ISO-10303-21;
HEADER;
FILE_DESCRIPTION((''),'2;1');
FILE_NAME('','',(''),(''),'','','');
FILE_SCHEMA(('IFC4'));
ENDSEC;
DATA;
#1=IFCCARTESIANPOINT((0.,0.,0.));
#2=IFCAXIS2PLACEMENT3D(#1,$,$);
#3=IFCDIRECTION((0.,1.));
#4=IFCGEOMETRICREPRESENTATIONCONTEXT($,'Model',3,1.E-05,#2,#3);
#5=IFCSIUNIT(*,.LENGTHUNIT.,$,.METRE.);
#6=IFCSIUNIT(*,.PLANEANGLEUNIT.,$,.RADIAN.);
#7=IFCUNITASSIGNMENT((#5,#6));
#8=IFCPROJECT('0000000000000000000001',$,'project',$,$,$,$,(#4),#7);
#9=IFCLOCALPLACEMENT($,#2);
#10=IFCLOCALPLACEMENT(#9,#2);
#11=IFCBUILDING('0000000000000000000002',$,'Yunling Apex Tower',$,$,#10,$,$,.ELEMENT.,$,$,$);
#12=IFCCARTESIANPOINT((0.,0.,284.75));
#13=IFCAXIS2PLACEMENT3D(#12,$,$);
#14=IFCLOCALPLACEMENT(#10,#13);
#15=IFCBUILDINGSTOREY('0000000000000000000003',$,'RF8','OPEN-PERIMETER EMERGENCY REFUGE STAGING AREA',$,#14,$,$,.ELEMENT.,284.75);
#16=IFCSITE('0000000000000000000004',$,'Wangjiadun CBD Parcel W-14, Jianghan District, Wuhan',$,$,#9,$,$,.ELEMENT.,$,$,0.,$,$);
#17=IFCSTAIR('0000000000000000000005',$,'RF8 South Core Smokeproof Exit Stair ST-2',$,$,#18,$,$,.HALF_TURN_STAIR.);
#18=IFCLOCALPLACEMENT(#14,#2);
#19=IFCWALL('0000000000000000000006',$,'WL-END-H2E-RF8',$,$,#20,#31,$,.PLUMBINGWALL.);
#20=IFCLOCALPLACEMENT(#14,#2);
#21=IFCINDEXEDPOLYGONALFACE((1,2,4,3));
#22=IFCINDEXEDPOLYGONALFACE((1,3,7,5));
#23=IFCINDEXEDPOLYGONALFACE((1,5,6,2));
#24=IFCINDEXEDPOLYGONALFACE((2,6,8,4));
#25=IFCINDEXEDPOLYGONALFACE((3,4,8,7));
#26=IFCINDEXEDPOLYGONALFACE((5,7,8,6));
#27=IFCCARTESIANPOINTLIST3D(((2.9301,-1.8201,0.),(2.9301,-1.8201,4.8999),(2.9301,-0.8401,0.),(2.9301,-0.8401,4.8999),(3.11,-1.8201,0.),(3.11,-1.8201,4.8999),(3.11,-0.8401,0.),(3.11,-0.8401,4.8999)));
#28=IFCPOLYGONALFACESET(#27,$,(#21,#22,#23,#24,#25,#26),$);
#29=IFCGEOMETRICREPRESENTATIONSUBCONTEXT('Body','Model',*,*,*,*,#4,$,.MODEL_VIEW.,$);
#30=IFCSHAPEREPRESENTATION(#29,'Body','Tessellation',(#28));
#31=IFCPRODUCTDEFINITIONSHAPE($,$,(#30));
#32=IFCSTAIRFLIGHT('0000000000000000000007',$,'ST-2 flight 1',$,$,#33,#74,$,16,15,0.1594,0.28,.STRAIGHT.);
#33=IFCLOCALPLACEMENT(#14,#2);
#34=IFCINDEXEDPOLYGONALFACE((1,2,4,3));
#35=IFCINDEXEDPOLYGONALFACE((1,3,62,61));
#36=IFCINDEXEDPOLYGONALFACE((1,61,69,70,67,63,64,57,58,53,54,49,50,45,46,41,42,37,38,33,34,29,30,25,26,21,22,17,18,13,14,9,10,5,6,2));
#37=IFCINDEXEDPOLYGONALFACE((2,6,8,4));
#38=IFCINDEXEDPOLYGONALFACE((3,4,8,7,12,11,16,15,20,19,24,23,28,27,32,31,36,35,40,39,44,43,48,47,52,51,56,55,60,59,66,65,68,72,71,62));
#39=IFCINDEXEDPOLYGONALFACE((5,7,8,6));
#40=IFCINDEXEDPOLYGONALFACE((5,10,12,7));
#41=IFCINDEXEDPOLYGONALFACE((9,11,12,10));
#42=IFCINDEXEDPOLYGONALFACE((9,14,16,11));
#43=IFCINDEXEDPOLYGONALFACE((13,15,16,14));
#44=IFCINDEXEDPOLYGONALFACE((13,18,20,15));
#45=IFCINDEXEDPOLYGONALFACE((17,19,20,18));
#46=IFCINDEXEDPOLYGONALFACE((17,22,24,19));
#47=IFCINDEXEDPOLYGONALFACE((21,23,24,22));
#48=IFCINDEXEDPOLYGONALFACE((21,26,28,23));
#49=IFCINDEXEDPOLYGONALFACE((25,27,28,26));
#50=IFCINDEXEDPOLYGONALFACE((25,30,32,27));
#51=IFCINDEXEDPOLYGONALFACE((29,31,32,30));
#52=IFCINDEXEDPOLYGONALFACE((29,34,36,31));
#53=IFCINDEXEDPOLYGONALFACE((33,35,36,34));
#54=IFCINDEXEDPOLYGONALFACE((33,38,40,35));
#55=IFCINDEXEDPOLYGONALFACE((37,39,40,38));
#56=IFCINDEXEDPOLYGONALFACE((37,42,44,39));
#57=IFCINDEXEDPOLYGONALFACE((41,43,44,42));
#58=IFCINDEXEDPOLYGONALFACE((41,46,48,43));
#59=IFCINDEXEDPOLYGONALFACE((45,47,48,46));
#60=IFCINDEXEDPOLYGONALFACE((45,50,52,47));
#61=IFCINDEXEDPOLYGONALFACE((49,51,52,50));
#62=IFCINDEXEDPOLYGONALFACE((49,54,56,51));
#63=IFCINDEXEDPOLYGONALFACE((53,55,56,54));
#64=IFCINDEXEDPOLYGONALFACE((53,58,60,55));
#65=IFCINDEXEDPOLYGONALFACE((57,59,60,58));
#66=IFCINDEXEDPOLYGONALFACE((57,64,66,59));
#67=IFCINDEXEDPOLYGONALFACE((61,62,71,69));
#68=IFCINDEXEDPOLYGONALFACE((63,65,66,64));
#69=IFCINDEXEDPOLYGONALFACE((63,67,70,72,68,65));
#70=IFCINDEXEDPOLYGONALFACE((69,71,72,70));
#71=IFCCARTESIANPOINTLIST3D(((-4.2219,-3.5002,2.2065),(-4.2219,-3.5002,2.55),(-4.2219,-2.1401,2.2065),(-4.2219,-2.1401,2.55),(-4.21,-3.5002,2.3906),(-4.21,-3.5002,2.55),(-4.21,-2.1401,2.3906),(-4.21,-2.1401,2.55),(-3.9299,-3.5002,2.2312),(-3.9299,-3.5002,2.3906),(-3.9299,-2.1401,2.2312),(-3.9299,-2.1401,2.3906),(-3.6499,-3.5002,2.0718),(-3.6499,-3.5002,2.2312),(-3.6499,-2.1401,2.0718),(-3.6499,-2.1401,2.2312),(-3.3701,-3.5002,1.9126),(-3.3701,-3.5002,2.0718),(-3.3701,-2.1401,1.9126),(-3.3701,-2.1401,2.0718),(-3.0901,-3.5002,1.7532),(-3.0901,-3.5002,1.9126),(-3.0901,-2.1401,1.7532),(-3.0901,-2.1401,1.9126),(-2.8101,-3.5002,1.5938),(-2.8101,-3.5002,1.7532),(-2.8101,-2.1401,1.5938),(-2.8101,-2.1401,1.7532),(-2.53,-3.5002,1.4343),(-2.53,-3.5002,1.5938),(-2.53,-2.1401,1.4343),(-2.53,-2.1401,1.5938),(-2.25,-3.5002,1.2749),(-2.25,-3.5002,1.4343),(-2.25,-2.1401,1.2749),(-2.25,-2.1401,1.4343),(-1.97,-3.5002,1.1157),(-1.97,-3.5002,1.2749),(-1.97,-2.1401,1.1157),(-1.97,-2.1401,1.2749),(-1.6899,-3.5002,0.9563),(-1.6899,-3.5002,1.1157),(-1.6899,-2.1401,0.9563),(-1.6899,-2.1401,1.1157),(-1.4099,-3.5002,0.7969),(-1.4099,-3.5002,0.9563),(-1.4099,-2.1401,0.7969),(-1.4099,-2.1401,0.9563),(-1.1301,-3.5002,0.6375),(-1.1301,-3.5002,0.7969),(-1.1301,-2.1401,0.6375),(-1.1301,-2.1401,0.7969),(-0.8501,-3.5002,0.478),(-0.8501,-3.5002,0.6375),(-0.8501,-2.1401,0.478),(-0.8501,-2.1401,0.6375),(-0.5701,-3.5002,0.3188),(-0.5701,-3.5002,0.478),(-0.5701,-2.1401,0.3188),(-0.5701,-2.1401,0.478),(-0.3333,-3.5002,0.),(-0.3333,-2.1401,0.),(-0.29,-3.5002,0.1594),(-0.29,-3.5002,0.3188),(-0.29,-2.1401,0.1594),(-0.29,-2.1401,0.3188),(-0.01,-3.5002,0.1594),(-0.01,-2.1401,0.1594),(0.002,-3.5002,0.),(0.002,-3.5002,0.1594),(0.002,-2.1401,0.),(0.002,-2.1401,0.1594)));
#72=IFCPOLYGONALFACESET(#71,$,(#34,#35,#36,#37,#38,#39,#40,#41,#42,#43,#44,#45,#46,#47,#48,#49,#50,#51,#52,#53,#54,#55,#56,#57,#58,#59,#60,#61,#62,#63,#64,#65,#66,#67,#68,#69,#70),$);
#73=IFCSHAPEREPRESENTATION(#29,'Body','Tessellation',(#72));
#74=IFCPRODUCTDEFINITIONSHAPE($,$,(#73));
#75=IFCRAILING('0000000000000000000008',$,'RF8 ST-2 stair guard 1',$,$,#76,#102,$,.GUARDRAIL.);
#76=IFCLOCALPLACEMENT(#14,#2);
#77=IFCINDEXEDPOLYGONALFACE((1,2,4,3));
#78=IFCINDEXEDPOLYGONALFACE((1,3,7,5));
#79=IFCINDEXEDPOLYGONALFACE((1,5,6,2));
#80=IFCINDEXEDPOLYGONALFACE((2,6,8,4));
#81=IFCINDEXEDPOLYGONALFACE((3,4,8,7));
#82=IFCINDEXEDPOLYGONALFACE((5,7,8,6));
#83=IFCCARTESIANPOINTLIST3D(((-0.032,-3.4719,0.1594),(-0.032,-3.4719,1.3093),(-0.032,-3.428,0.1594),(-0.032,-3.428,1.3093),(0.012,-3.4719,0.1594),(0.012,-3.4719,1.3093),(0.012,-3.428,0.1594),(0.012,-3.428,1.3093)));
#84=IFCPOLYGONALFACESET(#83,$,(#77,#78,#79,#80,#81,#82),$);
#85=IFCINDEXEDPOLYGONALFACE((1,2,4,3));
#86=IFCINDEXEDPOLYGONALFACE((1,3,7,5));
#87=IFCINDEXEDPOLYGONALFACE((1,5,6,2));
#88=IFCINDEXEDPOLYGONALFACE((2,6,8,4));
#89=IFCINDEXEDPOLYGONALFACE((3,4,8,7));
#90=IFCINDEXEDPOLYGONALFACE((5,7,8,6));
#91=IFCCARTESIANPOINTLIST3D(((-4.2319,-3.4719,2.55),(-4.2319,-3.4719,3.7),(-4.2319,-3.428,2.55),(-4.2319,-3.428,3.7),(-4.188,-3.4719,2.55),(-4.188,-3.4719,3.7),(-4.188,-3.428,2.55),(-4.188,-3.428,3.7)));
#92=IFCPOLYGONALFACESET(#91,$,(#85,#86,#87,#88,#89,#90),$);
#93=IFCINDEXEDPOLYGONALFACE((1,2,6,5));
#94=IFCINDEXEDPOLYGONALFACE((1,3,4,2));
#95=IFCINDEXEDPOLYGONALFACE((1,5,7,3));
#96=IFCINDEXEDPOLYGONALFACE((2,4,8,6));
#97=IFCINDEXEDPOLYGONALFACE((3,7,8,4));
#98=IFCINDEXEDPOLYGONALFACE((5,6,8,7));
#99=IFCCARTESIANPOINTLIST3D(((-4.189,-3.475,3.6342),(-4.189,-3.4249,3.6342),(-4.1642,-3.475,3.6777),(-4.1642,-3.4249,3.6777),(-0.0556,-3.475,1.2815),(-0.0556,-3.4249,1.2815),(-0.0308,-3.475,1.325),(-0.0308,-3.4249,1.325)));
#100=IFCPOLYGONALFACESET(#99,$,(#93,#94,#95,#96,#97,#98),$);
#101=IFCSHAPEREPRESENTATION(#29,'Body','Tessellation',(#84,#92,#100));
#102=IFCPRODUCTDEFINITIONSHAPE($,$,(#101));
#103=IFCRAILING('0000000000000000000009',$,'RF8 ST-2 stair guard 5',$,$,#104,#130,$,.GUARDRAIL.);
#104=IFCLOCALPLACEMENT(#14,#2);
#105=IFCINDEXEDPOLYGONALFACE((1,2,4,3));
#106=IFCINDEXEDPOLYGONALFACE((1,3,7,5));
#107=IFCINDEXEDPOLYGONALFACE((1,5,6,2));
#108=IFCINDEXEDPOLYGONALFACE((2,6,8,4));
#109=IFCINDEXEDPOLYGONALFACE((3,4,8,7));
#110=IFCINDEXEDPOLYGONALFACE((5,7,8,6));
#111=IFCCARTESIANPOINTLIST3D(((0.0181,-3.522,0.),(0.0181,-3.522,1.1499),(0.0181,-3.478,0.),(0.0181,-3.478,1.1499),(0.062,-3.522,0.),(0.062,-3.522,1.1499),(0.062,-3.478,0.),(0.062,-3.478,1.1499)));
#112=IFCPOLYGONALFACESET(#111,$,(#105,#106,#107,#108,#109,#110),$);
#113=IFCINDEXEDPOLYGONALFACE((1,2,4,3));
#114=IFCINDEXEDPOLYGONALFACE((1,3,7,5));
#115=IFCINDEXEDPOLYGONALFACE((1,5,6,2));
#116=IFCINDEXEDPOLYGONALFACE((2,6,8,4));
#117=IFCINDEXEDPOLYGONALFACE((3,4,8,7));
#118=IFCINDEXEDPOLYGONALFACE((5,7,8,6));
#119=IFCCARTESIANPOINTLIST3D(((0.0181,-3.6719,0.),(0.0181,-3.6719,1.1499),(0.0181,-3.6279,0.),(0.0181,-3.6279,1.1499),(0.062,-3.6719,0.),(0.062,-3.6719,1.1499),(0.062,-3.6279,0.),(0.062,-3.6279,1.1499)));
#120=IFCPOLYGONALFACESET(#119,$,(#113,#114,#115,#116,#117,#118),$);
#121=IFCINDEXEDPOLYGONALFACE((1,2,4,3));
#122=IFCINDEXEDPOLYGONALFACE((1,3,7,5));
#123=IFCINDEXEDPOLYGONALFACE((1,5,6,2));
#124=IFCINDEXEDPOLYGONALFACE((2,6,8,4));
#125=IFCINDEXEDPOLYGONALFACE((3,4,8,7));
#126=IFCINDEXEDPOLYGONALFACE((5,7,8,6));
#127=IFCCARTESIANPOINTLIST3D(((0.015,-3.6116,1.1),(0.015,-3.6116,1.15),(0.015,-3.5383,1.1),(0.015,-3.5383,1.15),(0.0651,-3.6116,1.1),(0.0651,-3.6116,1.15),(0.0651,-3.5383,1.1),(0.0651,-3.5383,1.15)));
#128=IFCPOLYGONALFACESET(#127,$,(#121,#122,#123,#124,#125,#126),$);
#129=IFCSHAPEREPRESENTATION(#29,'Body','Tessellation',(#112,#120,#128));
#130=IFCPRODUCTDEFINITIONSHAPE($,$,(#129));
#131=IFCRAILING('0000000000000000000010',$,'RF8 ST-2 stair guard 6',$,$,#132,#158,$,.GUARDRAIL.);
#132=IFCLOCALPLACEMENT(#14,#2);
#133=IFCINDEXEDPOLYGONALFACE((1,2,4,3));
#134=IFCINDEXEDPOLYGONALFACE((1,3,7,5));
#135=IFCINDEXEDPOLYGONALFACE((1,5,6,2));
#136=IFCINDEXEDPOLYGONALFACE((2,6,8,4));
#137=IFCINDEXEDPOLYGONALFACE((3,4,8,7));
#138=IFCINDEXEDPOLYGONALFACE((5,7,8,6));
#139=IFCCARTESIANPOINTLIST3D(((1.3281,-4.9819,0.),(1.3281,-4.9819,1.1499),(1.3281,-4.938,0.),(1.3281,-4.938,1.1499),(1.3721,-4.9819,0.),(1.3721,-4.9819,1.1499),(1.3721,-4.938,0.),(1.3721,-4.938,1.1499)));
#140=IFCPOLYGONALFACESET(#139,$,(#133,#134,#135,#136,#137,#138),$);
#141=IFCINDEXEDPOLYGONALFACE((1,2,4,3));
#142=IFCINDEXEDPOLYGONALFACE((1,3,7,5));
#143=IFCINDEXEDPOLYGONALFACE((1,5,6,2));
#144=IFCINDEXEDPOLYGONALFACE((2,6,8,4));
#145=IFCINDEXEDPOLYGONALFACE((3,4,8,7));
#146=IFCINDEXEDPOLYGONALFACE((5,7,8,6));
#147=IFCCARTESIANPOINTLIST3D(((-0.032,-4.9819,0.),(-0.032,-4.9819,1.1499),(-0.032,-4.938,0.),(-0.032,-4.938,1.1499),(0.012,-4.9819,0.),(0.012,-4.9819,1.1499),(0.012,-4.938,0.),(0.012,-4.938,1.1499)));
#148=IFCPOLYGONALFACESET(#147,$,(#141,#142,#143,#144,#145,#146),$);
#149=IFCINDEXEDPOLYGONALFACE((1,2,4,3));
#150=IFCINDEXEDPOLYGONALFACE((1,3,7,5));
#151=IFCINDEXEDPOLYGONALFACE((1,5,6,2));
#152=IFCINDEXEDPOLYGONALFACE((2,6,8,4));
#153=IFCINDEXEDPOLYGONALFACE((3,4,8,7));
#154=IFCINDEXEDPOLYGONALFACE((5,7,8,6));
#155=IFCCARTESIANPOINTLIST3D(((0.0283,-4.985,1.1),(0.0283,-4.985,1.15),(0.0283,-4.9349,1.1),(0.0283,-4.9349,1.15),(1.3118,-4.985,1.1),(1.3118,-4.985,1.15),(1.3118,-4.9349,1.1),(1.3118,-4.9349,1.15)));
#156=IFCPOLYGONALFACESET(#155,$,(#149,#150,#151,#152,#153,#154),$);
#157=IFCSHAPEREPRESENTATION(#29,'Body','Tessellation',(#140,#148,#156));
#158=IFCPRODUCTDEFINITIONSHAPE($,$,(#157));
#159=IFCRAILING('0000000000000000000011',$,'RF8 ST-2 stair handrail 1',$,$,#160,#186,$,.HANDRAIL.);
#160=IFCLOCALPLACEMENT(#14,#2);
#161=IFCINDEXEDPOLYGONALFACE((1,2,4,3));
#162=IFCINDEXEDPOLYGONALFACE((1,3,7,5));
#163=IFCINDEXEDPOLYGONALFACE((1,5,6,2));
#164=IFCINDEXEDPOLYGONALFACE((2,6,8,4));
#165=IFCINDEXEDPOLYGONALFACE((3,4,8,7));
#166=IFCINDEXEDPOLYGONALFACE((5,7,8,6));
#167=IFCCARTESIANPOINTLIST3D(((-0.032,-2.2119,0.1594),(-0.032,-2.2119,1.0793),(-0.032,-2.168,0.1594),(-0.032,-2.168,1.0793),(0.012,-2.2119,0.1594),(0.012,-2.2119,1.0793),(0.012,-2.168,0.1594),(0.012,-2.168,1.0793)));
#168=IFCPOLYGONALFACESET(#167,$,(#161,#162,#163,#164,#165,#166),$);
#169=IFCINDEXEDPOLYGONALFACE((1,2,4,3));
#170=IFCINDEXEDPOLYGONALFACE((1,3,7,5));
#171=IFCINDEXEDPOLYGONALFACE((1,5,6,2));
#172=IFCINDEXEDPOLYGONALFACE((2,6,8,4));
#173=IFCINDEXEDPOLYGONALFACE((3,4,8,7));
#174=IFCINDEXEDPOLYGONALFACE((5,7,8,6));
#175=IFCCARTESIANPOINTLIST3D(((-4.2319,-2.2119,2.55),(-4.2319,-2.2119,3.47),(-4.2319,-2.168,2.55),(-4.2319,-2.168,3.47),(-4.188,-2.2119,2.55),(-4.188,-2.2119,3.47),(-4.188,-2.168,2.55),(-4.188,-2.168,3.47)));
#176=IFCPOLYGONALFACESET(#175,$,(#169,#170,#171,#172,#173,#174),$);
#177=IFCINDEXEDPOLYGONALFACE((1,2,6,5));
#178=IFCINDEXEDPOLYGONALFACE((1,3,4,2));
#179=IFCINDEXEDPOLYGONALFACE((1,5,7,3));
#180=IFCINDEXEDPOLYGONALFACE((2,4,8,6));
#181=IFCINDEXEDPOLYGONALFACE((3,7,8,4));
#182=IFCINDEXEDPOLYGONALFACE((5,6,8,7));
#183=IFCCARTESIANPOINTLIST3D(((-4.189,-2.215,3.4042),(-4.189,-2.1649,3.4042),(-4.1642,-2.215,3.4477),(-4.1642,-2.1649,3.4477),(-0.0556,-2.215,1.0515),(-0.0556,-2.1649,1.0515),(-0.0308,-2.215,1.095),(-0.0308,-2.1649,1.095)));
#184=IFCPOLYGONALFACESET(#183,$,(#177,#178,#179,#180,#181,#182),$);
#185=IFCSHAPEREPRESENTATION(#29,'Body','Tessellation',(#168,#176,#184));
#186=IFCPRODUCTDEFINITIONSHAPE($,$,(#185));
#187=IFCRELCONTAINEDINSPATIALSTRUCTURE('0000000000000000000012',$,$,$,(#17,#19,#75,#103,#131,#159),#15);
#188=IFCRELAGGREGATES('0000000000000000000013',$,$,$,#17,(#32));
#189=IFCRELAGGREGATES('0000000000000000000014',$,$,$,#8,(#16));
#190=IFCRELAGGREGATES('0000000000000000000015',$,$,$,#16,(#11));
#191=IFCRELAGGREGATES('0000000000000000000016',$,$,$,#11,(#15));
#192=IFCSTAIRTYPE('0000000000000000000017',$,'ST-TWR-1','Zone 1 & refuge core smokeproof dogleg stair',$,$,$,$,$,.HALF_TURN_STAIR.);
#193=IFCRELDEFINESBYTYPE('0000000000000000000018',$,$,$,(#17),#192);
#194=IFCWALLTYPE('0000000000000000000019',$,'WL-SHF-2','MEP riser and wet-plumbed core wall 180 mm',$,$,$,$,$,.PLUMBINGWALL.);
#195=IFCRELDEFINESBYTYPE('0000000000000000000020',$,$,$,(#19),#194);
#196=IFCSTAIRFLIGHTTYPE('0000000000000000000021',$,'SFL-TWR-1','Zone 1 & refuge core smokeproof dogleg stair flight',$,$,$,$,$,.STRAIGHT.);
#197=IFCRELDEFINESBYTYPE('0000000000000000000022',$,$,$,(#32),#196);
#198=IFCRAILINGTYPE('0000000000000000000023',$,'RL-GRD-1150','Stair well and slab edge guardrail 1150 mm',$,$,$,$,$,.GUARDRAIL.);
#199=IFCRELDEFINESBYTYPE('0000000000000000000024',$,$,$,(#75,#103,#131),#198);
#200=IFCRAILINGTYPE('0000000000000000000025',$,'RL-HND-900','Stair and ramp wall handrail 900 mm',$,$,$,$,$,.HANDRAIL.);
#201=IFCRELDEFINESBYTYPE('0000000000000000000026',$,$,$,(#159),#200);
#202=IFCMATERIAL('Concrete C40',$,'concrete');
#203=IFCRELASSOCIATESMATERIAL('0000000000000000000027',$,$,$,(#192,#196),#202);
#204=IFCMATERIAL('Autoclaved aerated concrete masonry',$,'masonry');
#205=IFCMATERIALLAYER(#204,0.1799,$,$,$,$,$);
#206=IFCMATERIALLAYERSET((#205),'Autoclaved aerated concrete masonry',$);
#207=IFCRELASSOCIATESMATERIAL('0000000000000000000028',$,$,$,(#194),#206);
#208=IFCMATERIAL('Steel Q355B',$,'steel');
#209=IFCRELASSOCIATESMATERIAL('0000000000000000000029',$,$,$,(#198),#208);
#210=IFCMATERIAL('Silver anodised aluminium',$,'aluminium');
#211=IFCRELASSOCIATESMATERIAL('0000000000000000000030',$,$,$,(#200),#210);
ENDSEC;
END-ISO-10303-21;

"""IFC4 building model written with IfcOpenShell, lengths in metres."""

from ifc_helpers import new_model, si_unit, direction, frame, frame_2d, origin, origin_2d, place, context, subcontext, project, spatial, polyline, rectangle, outline, extrude, material, layer, layer_set, type_object, element, aggregate, save


model = new_model("IFC4")

# Units and contexts
model_context = context("Model", 3, precision=1e-05, world=origin(), true_north=direction((0.0, 1.0)))
body_context = subcontext(model_context, "Body", "Model", "MODEL_VIEW")
ifc_project = project(units=[si_unit("LENGTHUNIT", "METRE"), si_unit("PLANEANGLEUNIT", "RADIAN")], contexts=[model_context])

# Site, building, storey
site_placement = place(None, origin())
site = spatial("IfcSite", under=ifc_project, at=site_placement, Name="Wangjiadun CBD Parcel W-14, Jianghan District, Wuhan", CompositionType="ELEMENT", RefElevation=0.0)
building_placement = place(site_placement, origin())
building = spatial("IfcBuilding", under=site, at=building_placement, Name="Yunling Apex Tower", CompositionType="ELEMENT")
storey_placement = place(building_placement, frame((0.0, 0.0, 284.75)))
storey = spatial("IfcBuildingStorey", under=building, at=storey_placement, Name="RF8", Description="OPEN-PERIMETER EMERGENCY REFUGE STAGING AREA", CompositionType="ELEMENT", Elevation=284.75)

# Stair
ifc_material_1 = material(Name="Concrete C40", Category="concrete")
stair_type = type_object("IfcStairType", Name="ST-TWR-1", Description="Zone 1 & refuge core smokeproof dogleg stair", PredefinedType="HALF_TURN_STAIR", material=ifc_material_1)
stair_1_placement = place(storey_placement, origin())
stair_1 = element("IfcStair", 1, at=stair_1_placement, inside=storey, type_object=stair_type, Name="RF8 South Core Smokeproof Exit Stair ST-2", PredefinedType="HALF_TURN_STAIR")

# Shared definitions
ifc_material_2 = material(Name="Autoclaved aerated concrete masonry", Category="masonry")
ifc_material_3 = material(Name="Steel Q355B", Category="steel")

# Wall
ifc_layer_1 = layer(ifc_material_2, 0.1799)
ifc_layer_set_1 = layer_set([ifc_layer_1], Name="Autoclaved aerated concrete masonry")
wall_type_1 = type_object("IfcWallType", Name="WL-SHF-2", Description="MEP riser and wet-plumbed core wall 180 mm", PredefinedType="PLUMBINGWALL", material=ifc_layer_set_1)
for number, where, z_axis, x_axis, name in (
    (2, (3.02, -1.8201, 0.0), (0.0, 0.0, 1.0), (0.0, 1.0, 0.0), "WL-END-H2E-RF8"),
):
    element("IfcWall", number, at=place(storey_placement, frame(where, z_axis=z_axis, x_axis=x_axis)), inside=storey, type_object=wall_type_1, Name=name, PredefinedType="PLUMBINGWALL", context=body_context, shape_type="SweptSolid", body=[
        extrude(rectangle(XDim=0.98, YDim=0.1799, at=frame_2d((0.49, 0.0))), origin(), (0.0, 0.0, 1.0), 4.8999),
    ])

# Stair flight
stair_flight_type = type_object("IfcStairFlightType", Name="SFL-TWR-1", Description="Zone 1 & refuge core smokeproof dogleg stair flight", PredefinedType="STRAIGHT", material=ifc_material_1)
stair_flight_placement = place(storey_placement, frame((-0.01, -2.8201, 0.0), z_axis=(0.0, 0.0, 1.0), x_axis=(-1.0, 0.0, 0.0)))
stair_flight = element("IfcStairFlight", 3, at=stair_flight_placement, type_object=stair_flight_type, Name="ST-2 flight 1", NumberOfRisers=16, NumberOfTreads=15, PredefinedType="STRAIGHT", RiserHeight=0.1594, TreadLength=0.28, context=body_context, shape_type="SweptSolid", body=[
    extrude(outline(polyline([(-0.012, 0.0), (-0.012, 0.1594), (0.0, 0.1594), (0.28, 0.1594), (0.28, 0.3188), (0.5601, 0.3188), (0.5601, 0.478), (0.8401, 0.478), (0.8401, 0.6375), (1.1201, 0.6375), (1.1201, 0.7969), (1.3999, 0.7969), (1.3999, 0.9563), (1.6799, 0.9563), (1.6799, 1.1157), (1.96, 1.1157), (1.96, 1.2749), (2.24, 1.2749), (2.24, 1.4343), (2.52, 1.4343), (2.52, 1.5938), (2.8, 1.5938), (2.8, 1.7532), (3.0801, 1.7532), (3.0801, 1.9126), (3.3601, 1.9126), (3.3601, 2.0718), (3.6399, 2.0718), (3.6399, 2.2312), (3.9199, 2.2312), (3.9199, 2.3906), (4.2, 2.3906), (4.2, 2.55), (4.2119, 2.55), (4.2119, 2.2065), (0.3232, 0.0), (-0.012, 0.0)])), frame((0.0, 0.6802, 0.0), z_axis=(0.0, -1.0, 0.0), x_axis=(1.0, 0.0, 0.0)), (0.0, 0.0, 1.0), 1.3601),
])
aggregate(stair_1, [stair_flight])

# Railings
railing_type_1 = type_object("IfcRailingType", Name="RL-GRD-1150", Description="Stair well and slab edge guardrail 1150 mm", PredefinedType="GUARDRAIL", material=ifc_material_3)
railing_1_placement = place(storey_placement, frame((-0.01, -3.45, 0.1594)))
element("IfcRailing", 4, at=railing_1_placement, inside=storey, type_object=railing_type_1, Name="RF8 ST-2 stair guard 1", PredefinedType="GUARDRAIL", context=body_context, shape_type="SweptSolid", body=[
    extrude(rectangle(XDim=0.0439, YDim=0.0439, at=origin_2d()), origin(), (0.0, 0.0, 1.0), 1.1499),
    extrude(rectangle(XDim=0.0439, YDim=0.0439, at=origin_2d()), frame((-4.2, 0.0, 2.3906)), (0.0, 0.0, 1.0), 1.1499),
    extrude(rectangle(XDim=0.05, YDim=0.05, at=origin_2d()), frame((-0.0332, 0.0, 1.1438), z_axis=(-0.869075, 0.0, 0.49468), x_axis=(0.0, -1.0, 0.0)), (0.0, 0.0, 1.0), 4.7561),
])
railing_2_placement = place(storey_placement, frame((0.04, -3.5, 0.0)))
element("IfcRailing", 5, at=railing_2_placement, inside=storey, type_object=railing_type_1, Name="RF8 ST-2 stair guard 5", PredefinedType="GUARDRAIL", context=body_context, shape_type="SweptSolid", body=[
    extrude(rectangle(XDim=0.0439, YDim=0.0439, at=origin_2d()), origin(), (0.0, 0.0, 1.0), 1.1499),
    extrude(rectangle(XDim=0.0439, YDim=0.0439, at=origin_2d()), frame((0.0, -0.1499, 0.0)), (0.0, 0.0, 1.0), 1.1499),
    extrude(rectangle(XDim=0.05, YDim=0.05, at=origin_2d()), frame((0.0, -0.0383, 1.125), z_axis=(0.0, -1.0, 0.0), x_axis=(1.0, 0.0, 0.0)), (0.0, 0.0, 1.0), 0.0732),
])
railing_3_placement = place(storey_placement, frame((1.3501, -4.96, 0.0)))
element("IfcRailing", 6, at=railing_3_placement, inside=storey, type_object=railing_type_1, Name="RF8 ST-2 stair guard 6", PredefinedType="GUARDRAIL", context=body_context, shape_type="SweptSolid", body=[
    extrude(rectangle(XDim=0.0439, YDim=0.0439, at=origin_2d()), origin(), (0.0, 0.0, 1.0), 1.1499),
    extrude(rectangle(XDim=0.0439, YDim=0.0439, at=origin_2d()), frame((-1.3601, 0.0, 0.0)), (0.0, 0.0, 1.0), 1.1499),
    extrude(rectangle(XDim=0.05, YDim=0.05, at=origin_2d()), frame((-0.0383, 0.0, 1.125), z_axis=(-1.0, 0.0, 0.0), x_axis=(0.0, -1.0, 0.0)), (0.0, 0.0, 1.0), 1.2834),
])
ifc_material_4 = material(Name="Silver anodised aluminium", Category="aluminium")
railing_type_2 = type_object("IfcRailingType", Name="RL-HND-900", Description="Stair and ramp wall handrail 900 mm", PredefinedType="HANDRAIL", material=ifc_material_4)
railing_4_placement = place(storey_placement, frame((-0.01, -2.1899, 0.1594)))
element("IfcRailing", 7, at=railing_4_placement, inside=storey, type_object=railing_type_2, Name="RF8 ST-2 stair handrail 1", PredefinedType="HANDRAIL", context=body_context, shape_type="SweptSolid", body=[
    extrude(rectangle(XDim=0.0439, YDim=0.0439, at=origin_2d()), origin(), (0.0, 0.0, 1.0), 0.9199),
    extrude(rectangle(XDim=0.0439, YDim=0.0439, at=origin_2d()), frame((-4.2, 0.0, 2.3906)), (0.0, 0.0, 1.0), 0.9199),
    extrude(rectangle(XDim=0.05, YDim=0.05, at=origin_2d()), frame((-0.0332, 0.0, 0.9138), z_axis=(-0.869075, 0.0, 0.49468), x_axis=(0.0, -1.0, 0.0)), (0.0, 0.0, 1.0), 4.7561),
])

save(model, "model.ifc")
